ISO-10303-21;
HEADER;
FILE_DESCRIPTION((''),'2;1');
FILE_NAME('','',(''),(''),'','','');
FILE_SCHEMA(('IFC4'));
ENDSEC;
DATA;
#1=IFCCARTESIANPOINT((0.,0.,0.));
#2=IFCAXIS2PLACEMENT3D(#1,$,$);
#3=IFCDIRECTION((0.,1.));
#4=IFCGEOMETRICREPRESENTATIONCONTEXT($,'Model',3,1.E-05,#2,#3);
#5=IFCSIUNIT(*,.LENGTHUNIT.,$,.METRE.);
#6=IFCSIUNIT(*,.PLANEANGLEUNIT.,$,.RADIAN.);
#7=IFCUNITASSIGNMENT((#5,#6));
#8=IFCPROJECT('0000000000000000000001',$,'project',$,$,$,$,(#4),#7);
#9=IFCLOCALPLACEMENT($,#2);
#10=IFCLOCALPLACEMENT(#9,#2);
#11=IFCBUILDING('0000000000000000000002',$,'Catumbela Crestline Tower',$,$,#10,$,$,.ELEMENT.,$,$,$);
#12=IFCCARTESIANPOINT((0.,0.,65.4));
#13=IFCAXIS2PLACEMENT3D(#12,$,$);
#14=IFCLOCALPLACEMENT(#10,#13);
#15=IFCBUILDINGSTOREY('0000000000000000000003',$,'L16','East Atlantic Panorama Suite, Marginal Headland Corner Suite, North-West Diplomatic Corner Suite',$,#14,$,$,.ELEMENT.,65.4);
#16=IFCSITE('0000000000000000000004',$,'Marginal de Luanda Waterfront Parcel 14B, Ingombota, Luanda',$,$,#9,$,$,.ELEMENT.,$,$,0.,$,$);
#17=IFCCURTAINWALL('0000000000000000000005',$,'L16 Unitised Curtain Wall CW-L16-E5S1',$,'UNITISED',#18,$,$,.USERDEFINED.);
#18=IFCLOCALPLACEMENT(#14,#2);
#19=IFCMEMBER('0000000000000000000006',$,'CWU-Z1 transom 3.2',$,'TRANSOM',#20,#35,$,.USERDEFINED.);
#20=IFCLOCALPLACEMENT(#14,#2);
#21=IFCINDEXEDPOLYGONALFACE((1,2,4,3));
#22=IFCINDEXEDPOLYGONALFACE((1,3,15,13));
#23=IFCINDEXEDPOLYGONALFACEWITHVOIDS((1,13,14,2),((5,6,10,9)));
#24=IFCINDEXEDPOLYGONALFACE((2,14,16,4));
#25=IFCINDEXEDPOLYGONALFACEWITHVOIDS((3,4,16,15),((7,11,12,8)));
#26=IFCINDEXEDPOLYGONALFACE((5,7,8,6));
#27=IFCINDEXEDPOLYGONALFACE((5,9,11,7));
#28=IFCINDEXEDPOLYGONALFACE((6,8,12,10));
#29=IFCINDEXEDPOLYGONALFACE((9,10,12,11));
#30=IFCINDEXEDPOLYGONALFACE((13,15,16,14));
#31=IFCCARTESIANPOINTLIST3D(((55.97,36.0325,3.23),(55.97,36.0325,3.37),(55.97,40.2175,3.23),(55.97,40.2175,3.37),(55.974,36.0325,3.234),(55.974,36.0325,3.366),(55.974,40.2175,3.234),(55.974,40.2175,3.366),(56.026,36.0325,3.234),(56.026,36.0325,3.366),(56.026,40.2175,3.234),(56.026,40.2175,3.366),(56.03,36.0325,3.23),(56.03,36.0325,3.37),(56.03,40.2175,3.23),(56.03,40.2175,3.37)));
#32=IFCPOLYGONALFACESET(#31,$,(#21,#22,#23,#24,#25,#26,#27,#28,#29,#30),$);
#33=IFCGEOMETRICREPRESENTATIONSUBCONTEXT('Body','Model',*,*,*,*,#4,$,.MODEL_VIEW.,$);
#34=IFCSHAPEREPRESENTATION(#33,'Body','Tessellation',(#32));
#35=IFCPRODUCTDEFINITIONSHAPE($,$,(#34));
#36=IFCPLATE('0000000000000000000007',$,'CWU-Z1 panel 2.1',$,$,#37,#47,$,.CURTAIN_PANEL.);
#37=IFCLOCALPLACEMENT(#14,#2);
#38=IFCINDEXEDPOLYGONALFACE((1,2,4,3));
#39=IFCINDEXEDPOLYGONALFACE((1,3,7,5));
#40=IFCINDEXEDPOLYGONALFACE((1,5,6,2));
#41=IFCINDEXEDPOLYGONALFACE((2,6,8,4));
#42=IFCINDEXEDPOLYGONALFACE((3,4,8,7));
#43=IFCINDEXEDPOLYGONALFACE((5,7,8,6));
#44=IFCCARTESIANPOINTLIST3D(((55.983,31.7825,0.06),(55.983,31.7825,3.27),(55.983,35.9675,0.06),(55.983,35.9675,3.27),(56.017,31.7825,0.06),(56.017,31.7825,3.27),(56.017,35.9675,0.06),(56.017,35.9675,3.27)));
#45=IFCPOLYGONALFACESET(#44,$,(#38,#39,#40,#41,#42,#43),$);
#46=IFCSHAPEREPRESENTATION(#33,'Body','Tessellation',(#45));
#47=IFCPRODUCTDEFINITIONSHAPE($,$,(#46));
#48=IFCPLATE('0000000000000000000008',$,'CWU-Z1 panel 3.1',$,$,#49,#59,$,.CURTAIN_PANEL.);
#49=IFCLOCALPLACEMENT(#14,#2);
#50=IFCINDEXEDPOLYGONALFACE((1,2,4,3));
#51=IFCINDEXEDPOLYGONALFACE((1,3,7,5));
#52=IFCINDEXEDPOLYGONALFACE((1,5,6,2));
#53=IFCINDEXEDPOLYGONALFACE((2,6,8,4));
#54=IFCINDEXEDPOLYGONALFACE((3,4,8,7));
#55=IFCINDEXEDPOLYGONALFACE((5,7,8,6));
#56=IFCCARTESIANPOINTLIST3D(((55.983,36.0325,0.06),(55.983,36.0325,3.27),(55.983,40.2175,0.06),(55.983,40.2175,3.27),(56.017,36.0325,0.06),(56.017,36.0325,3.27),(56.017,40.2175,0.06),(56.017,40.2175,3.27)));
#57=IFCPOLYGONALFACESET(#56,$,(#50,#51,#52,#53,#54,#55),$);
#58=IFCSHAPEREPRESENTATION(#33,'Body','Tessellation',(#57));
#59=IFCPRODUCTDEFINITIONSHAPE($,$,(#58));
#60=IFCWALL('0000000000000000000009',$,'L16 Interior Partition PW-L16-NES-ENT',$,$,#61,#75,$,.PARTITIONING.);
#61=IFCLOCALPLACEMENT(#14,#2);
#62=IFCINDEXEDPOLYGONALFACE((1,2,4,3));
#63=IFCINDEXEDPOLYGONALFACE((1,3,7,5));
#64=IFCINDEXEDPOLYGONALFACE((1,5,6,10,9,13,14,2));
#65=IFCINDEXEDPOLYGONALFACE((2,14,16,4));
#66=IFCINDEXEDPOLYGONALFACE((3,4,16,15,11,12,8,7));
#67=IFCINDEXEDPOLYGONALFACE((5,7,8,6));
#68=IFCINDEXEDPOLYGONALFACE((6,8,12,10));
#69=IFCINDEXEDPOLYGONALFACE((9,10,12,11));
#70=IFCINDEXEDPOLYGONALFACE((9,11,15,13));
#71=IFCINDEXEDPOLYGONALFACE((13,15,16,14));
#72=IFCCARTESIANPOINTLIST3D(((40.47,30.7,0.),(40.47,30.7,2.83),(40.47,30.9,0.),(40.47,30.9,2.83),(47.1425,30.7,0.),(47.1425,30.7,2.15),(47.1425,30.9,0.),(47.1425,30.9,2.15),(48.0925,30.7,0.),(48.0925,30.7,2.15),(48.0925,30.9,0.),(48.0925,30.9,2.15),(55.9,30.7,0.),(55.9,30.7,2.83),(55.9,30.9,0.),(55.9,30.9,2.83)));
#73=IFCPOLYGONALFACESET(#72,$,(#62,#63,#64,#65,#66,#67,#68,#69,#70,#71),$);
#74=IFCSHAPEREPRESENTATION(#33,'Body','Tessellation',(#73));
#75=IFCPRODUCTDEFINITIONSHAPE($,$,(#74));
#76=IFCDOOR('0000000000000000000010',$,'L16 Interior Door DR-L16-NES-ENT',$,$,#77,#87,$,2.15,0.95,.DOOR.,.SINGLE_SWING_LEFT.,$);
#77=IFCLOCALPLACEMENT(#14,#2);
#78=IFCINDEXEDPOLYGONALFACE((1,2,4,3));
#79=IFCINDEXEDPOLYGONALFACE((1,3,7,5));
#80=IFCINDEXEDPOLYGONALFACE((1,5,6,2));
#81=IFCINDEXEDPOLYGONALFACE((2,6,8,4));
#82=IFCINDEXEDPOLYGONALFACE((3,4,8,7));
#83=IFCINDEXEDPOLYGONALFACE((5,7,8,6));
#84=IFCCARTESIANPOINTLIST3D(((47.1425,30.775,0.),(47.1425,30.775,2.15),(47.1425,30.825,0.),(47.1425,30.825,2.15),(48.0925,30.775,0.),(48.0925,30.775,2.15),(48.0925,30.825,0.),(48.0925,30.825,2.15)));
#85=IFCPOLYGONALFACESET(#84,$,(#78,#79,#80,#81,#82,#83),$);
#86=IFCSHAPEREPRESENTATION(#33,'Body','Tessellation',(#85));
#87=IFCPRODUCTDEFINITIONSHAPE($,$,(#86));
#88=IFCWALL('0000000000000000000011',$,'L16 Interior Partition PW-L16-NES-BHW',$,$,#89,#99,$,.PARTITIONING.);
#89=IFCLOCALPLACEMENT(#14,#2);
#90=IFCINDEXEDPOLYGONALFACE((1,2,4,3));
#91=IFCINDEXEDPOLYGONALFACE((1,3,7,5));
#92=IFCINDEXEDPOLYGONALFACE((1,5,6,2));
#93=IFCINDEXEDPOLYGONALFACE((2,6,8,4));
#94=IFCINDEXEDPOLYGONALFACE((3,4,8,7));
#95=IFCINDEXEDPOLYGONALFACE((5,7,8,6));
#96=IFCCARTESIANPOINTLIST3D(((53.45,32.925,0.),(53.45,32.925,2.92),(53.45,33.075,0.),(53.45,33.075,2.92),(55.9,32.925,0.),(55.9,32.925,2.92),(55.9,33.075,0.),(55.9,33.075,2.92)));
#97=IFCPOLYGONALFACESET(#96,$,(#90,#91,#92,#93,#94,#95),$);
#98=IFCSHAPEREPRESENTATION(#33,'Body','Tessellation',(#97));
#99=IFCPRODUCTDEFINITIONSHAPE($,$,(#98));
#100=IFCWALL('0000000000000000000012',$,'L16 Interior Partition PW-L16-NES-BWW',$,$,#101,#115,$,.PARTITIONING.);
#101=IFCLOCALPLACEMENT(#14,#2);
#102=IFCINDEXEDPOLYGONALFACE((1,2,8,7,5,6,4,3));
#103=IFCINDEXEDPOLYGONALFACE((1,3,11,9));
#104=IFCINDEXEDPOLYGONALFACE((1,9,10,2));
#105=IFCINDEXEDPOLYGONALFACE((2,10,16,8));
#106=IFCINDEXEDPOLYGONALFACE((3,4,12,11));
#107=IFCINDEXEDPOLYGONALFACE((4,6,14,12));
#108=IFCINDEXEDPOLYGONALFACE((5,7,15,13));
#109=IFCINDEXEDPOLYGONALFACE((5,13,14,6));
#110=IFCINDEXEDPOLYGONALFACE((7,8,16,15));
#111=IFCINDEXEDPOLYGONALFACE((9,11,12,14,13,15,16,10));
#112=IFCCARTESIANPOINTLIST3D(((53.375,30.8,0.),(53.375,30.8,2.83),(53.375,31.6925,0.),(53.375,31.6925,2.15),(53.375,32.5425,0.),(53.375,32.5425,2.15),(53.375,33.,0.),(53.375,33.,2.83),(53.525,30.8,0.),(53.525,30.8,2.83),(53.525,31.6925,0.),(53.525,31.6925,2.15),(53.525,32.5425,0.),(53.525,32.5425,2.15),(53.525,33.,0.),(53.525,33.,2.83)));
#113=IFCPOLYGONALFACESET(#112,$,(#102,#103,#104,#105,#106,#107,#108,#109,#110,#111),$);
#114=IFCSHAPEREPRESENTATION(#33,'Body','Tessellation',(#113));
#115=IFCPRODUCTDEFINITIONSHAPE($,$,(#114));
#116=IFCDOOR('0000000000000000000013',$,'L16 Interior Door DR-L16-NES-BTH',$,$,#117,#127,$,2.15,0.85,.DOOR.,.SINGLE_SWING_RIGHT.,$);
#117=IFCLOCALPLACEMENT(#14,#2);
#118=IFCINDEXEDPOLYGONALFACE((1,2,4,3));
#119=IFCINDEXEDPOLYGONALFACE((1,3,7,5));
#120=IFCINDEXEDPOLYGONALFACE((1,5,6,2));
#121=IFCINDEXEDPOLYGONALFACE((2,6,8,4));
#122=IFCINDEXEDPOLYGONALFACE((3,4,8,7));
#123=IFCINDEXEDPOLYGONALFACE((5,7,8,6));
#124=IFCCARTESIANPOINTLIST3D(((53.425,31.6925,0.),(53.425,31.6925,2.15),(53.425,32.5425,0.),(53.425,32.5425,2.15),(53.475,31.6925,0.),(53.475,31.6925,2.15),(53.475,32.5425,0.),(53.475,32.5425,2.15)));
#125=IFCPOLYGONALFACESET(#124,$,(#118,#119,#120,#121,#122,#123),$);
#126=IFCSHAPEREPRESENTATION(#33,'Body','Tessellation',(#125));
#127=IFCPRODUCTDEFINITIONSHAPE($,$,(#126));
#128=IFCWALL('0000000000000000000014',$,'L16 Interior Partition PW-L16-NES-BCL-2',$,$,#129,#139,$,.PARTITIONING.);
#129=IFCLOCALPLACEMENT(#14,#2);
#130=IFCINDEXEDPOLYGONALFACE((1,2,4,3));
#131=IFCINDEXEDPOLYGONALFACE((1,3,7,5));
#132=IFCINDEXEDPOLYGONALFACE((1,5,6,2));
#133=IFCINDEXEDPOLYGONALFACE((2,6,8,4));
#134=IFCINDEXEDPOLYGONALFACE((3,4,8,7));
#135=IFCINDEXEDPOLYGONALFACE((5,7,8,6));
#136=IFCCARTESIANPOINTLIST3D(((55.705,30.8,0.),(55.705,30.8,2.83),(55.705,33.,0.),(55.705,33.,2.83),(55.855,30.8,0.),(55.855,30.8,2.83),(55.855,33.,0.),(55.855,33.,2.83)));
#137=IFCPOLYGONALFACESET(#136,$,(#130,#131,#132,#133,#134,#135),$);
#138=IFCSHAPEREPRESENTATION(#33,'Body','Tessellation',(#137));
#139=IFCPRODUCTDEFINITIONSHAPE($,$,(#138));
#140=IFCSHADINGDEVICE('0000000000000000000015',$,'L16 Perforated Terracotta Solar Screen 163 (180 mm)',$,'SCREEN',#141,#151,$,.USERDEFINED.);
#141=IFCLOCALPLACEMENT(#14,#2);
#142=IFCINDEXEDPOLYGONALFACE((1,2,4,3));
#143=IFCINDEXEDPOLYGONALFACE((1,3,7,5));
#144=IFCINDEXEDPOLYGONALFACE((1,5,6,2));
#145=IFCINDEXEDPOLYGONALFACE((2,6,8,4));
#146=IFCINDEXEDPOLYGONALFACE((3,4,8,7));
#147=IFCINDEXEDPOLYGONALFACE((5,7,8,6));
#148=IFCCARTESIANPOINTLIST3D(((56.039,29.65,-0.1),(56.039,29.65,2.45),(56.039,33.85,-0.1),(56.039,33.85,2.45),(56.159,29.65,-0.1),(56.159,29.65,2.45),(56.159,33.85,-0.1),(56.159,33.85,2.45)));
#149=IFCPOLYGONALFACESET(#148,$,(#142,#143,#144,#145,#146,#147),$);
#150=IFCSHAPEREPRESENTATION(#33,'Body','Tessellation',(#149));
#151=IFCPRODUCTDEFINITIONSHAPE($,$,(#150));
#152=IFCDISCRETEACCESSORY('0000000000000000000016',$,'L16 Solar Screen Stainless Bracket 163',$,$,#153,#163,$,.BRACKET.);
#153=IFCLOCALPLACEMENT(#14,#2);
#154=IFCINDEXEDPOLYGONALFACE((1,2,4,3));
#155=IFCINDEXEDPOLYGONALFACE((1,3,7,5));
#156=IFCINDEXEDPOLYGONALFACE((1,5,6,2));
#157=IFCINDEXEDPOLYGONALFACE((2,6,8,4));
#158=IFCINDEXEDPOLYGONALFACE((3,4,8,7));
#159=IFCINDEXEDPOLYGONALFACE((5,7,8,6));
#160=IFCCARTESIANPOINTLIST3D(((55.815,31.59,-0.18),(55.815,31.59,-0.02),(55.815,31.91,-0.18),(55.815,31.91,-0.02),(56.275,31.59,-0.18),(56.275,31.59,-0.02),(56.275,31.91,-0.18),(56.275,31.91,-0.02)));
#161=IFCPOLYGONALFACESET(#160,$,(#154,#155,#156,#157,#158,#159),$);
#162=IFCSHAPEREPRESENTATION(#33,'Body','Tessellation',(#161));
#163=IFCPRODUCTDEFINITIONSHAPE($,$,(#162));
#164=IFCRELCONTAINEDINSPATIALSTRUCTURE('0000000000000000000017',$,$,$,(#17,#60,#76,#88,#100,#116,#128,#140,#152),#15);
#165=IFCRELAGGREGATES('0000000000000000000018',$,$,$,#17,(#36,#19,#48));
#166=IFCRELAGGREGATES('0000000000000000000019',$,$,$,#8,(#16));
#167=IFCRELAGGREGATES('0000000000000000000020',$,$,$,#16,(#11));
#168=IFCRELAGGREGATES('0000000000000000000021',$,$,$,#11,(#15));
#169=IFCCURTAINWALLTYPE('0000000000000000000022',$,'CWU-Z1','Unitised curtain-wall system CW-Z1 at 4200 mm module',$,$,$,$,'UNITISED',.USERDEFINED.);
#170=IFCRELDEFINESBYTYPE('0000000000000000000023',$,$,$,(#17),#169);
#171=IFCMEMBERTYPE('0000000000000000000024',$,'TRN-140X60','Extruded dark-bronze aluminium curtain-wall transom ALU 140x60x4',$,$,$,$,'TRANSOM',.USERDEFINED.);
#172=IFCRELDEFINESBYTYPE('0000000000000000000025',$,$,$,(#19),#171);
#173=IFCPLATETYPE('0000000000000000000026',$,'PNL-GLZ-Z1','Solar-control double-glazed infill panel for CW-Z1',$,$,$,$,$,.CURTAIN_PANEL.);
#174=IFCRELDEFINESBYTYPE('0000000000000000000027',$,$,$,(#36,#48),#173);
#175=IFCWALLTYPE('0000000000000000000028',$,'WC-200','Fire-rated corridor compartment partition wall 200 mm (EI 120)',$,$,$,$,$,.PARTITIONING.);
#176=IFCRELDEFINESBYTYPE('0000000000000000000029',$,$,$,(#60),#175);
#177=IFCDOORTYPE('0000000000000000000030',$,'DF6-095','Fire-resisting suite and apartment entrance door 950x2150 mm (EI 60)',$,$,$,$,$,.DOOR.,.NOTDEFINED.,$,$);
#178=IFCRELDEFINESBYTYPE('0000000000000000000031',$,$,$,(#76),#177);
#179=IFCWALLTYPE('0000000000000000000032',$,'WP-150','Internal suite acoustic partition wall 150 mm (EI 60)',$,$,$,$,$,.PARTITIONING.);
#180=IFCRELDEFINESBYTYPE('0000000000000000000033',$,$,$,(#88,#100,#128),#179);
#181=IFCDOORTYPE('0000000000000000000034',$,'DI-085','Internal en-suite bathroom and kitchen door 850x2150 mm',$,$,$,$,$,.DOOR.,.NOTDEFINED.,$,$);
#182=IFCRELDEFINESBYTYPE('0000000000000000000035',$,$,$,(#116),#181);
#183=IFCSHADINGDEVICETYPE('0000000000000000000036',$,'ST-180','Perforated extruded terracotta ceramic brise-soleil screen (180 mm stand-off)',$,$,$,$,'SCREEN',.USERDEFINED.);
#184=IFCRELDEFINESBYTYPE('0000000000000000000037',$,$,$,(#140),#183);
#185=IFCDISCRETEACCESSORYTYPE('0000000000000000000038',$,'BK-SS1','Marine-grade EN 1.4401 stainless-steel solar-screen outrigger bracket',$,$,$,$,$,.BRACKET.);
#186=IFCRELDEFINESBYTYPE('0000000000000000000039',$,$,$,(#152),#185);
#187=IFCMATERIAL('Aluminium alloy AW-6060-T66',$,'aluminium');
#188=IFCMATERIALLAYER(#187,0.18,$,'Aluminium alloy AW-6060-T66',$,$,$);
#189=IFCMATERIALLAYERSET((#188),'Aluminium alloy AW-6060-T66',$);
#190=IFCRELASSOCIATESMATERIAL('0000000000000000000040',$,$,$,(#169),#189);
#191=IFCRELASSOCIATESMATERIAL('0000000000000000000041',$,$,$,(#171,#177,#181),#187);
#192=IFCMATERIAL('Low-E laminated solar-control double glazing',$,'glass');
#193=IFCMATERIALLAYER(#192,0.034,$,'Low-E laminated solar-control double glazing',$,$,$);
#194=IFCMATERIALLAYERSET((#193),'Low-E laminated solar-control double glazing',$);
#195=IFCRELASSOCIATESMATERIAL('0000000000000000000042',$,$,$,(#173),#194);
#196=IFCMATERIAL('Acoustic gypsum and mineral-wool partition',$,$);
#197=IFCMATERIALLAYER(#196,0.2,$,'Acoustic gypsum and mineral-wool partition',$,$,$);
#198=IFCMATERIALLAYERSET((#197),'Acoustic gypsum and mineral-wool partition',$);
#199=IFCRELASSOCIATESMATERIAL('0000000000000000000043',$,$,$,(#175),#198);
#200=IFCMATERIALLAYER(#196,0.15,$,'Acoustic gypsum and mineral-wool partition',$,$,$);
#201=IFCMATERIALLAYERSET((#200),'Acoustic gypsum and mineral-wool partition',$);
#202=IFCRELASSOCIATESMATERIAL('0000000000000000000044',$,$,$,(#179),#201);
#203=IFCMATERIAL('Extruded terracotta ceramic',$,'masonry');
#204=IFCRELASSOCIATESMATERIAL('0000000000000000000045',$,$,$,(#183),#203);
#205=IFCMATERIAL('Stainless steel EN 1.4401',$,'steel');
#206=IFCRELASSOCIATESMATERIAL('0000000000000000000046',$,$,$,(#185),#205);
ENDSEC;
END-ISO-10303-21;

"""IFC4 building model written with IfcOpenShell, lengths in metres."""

from ifc_helpers import new_model, si_unit, direction, frame, frame_2d, origin, origin_2d, place, context, subcontext, project, spatial, rectangle, hollow_rectangle, extrude, material, layer, layer_set, material_profile, profile_set, type_object, element, fill, aggregate, save


model = new_model("IFC4")

# Units and contexts
model_context = context("Model", 3, precision=1e-05, world=origin(), true_north=direction((0.0, 1.0)))
body_context = subcontext(model_context, "Body", "Model", "MODEL_VIEW")
ifc_project = project(units=[si_unit("LENGTHUNIT", "METRE"), si_unit("PLANEANGLEUNIT", "RADIAN")], contexts=[model_context])

# Site, building, storey
site_placement = place(None, origin())
site = spatial("IfcSite", under=ifc_project, at=site_placement, Name="Marginal de Luanda Waterfront Parcel 14B, Ingombota, Luanda", CompositionType="ELEMENT", RefElevation=0.0)
building_placement = place(site_placement, origin())
building = spatial("IfcBuilding", under=site, at=building_placement, Name="Catumbela Crestline Tower", CompositionType="ELEMENT")
storey_placement = place(building_placement, frame((0.0, 0.0, 65.4)))
storey = spatial("IfcBuildingStorey", under=building, at=storey_placement, Name="L16", Description="East Atlantic Panorama Suite, Marginal Headland Corner Suite, North-West Diplomatic Corner Suite", CompositionType="ELEMENT", Elevation=65.4)

# Curtain wall
ifc_material_1 = material(Name="Aluminium alloy AW-6060-T66", Category="aluminium")
ifc_layer_1 = layer(ifc_material_1, 0.18, Name="Aluminium alloy AW-6060-T66")
ifc_layer_set_1 = layer_set([ifc_layer_1], Name="Aluminium alloy AW-6060-T66")
curtain_wall_type = type_object("IfcCurtainWallType", Name="CWU-Z1", Description="Unitised curtain-wall system CW-Z1 at 4200 mm module", ElementType="UNITISED", PredefinedType="USERDEFINED", material=ifc_layer_set_1)
curtain_wall_placement = place(storey_placement, origin())
curtain_wall = element("IfcCurtainWall", 1, at=curtain_wall_placement, inside=storey, type_object=curtain_wall_type, Name="L16 Unitised Curtain Wall CW-L16-E5S1", ObjectType="UNITISED", PredefinedType="USERDEFINED")

# Member
ifc_material_profile_1 = material_profile(ifc_material_1, hollow_rectangle(XDim=0.06, YDim=0.14, WallThickness=0.004, at=origin_2d()), Name="ALU 140x60x4")
ifc_profile_set_1 = profile_set([ifc_material_profile_1], Name="Aluminium alloy AW-6060-T66")
member_type_1 = type_object("IfcMemberType", Name="TRN-140X60", Description="Extruded dark-bronze aluminium curtain-wall transom ALU 140x60x4", ElementType="TRANSOM", PredefinedType="USERDEFINED", material=ifc_profile_set_1)
member_1_placement = place(storey_placement, frame((56.0, 36.0325, 3.3), z_axis=(0.0, 1.0, 0.0), x_axis=(-1.0, 0.0, 0.0)))
member_1 = element("IfcMember", 2, at=member_1_placement, type_object=member_type_1, Name="CWU-Z1 transom 3.2", ObjectType="TRANSOM", PredefinedType="USERDEFINED", context=body_context, shape_type="SweptSolid", body=[
    extrude(hollow_rectangle(XDim=0.06, YDim=0.14, WallThickness=0.004, at=origin_2d()), origin(), (0.0, 0.0, 1.0), 4.185),
])

# Plates
ifc_material_2 = material(Name="Low-E laminated solar-control double glazing", Category="glass")
ifc_layer_2 = layer(ifc_material_2, 0.034, Name="Low-E laminated solar-control double glazing")
ifc_layer_set_2 = layer_set([ifc_layer_2], Name="Low-E laminated solar-control double glazing")
plate_type = type_object("IfcPlateType", Name="PNL-GLZ-Z1", Description="Solar-control double-glazed infill panel for CW-Z1", PredefinedType="CURTAIN_PANEL", material=ifc_layer_set_2)
plate_1_placement = place(storey_placement, frame((56.0, 33.875, 0.06), z_axis=(0.0, 0.0, 1.0), x_axis=(0.0, 1.0, 0.0)))
plate_1 = element("IfcPlate", 3, at=plate_1_placement, type_object=plate_type, Name="CWU-Z1 panel 2.1", PredefinedType="CURTAIN_PANEL", context=body_context, shape_type="SweptSolid", body=[
    extrude(rectangle(XDim=4.185, YDim=0.034, at=origin_2d()), origin(), (0.0, 0.0, 1.0), 3.21),
])
plate_2_placement = place(storey_placement, frame((56.0, 38.125, 0.06), z_axis=(0.0, 0.0, 1.0), x_axis=(0.0, 1.0, 0.0)))
plate_2 = element("IfcPlate", 4, at=plate_2_placement, type_object=plate_type, Name="CWU-Z1 panel 3.1", PredefinedType="CURTAIN_PANEL", context=body_context, shape_type="SweptSolid", body=[
    extrude(rectangle(XDim=4.185, YDim=0.034, at=origin_2d()), origin(), (0.0, 0.0, 1.0), 3.21),
])
aggregate(curtain_wall, [plate_1, member_1, plate_2])

# Wall, opening, door
ifc_material_3 = material(Name="Acoustic gypsum and mineral-wool partition")
ifc_layer_3 = layer(ifc_material_3, 0.2, Name="Acoustic gypsum and mineral-wool partition")
ifc_layer_set_3 = layer_set([ifc_layer_3], Name="Acoustic gypsum and mineral-wool partition")
wall_type_1 = type_object("IfcWallType", Name="WC-200", Description="Fire-rated corridor compartment partition wall 200 mm (EI 120)", PredefinedType="PARTITIONING", material=ifc_layer_set_3)
wall_1_placement = place(storey_placement, frame((40.47, 30.8, 0.0), z_axis=(0.0, 0.0, 1.0), x_axis=(1.0, 0.0, 0.0)))
wall_1 = element("IfcWall", 5, at=wall_1_placement, inside=storey, type_object=wall_type_1, Name="L16 Interior Partition PW-L16-NES-ENT", PredefinedType="PARTITIONING", context=body_context, shape_type="SweptSolid", body=[
    extrude(rectangle(XDim=15.43, YDim=0.2, at=frame_2d((7.715, 0.0))), origin(), (0.0, 0.0, 1.0), 2.83),
])
opening_1_placement = place(wall_1_placement, frame((6.6725, 0.0, 0.0)))
opening_1 = element("IfcOpeningElement", 6, at=opening_1_placement, cuts=wall_1, PredefinedType="OPENING", context=body_context, shape_type="SweptSolid", body=[
    extrude(rectangle(XDim=0.95, YDim=2.15, at=frame_2d((0.475, 1.075))), frame((0.0, 0.11, 0.0), z_axis=(0.0, -1.0, 0.0), x_axis=(1.0, 0.0, 0.0)), (0.0, 0.0, 1.0), 0.22),
])
door_type_1 = type_object("IfcDoorType", Name="DF6-095", Description="Fire-resisting suite and apartment entrance door 950x2150 mm (EI 60)", OperationType="NOTDEFINED", PredefinedType="DOOR", material=ifc_material_1)
door_1_placement = place(opening_1_placement, origin())
door_1 = element("IfcDoor", 7, at=door_1_placement, inside=storey, type_object=door_type_1, Name="L16 Interior Door DR-L16-NES-ENT", OperationType="SINGLE_SWING_LEFT", OverallHeight=2.15, OverallWidth=0.95, PredefinedType="DOOR", context=body_context, shape_type="SweptSolid", body=[
    extrude(rectangle(XDim=0.95, YDim=2.15, at=frame_2d((0.475, 1.075))), frame((0.0, 0.025, 0.0), z_axis=(0.0, -1.0, 0.0), x_axis=(1.0, 0.0, 0.0)), (0.0, 0.0, 1.0), 0.05),
])
fill(opening_1, door_1)

# Wall
ifc_layer_4 = layer(ifc_material_3, 0.15, Name="Acoustic gypsum and mineral-wool partition")
ifc_layer_set_4 = layer_set([ifc_layer_4], Name="Acoustic gypsum and mineral-wool partition")
wall_type_2 = type_object("IfcWallType", Name="WP-150", Description="Internal suite acoustic partition wall 150 mm (EI 60)", PredefinedType="PARTITIONING", material=ifc_layer_set_4)
wall_2_placement = place(storey_placement, frame((53.45, 33.0, 0.0), z_axis=(0.0, 0.0, 1.0), x_axis=(1.0, 0.0, 0.0)))
element("IfcWall", 8, at=wall_2_placement, inside=storey, type_object=wall_type_2, Name="L16 Interior Partition PW-L16-NES-BHW", PredefinedType="PARTITIONING", context=body_context, shape_type="SweptSolid", body=[
    extrude(rectangle(XDim=2.45, YDim=0.15, at=frame_2d((1.225, 0.0))), origin(), (0.0, 0.0, 1.0), 2.92),
])

# Wall, opening, door
wall_3_placement = place(storey_placement, frame((53.45, 30.8, 0.0), z_axis=(0.0, 0.0, 1.0), x_axis=(0.0, 1.0, 0.0)))
wall_3 = element("IfcWall", 9, at=wall_3_placement, inside=storey, type_object=wall_type_2, Name="L16 Interior Partition PW-L16-NES-BWW", PredefinedType="PARTITIONING", context=body_context, shape_type="SweptSolid", body=[
    extrude(rectangle(XDim=2.2, YDim=0.15, at=frame_2d((1.1, 0.0))), origin(), (0.0, 0.0, 1.0), 2.83),
])
opening_2_placement = place(wall_3_placement, frame((0.8925, 0.0, 0.0)))
opening_2 = element("IfcOpeningElement", 10, at=opening_2_placement, cuts=wall_3, PredefinedType="OPENING", context=body_context, shape_type="SweptSolid", body=[
    extrude(rectangle(XDim=0.85, YDim=2.15, at=frame_2d((0.425, 1.075))), frame((0.0, 0.085, 0.0), z_axis=(0.0, -1.0, 0.0), x_axis=(1.0, 0.0, 0.0)), (0.0, 0.0, 1.0), 0.17),
])
door_type_2 = type_object("IfcDoorType", Name="DI-085", Description="Internal en-suite bathroom and kitchen door 850x2150 mm", OperationType="NOTDEFINED", PredefinedType="DOOR", material=ifc_material_1)
door_2_placement = place(opening_2_placement, origin())
door_2 = element("IfcDoor", 11, at=door_2_placement, inside=storey, type_object=door_type_2, Name="L16 Interior Door DR-L16-NES-BTH", OperationType="SINGLE_SWING_RIGHT", OverallHeight=2.15, OverallWidth=0.85, PredefinedType="DOOR", context=body_context, shape_type="SweptSolid", body=[
    extrude(rectangle(XDim=0.85, YDim=2.15, at=frame_2d((0.425, 1.075))), frame((0.0, 0.025, 0.0), z_axis=(0.0, -1.0, 0.0), x_axis=(1.0, 0.0, 0.0)), (0.0, 0.0, 1.0), 0.05),
])
fill(opening_2, door_2)

# Wall
wall_4_placement = place(storey_placement, frame((55.78, 33.0, 0.0), z_axis=(0.0, 0.0, 1.0), x_axis=(0.0, -1.0, 0.0)))
element("IfcWall", 12, at=wall_4_placement, inside=storey, type_object=wall_type_2, Name="L16 Interior Partition PW-L16-NES-BCL-2", PredefinedType="PARTITIONING", context=body_context, shape_type="SweptSolid", body=[
    extrude(rectangle(XDim=2.2, YDim=0.15, at=frame_2d((1.1, 0.0))), origin(), (0.0, 0.0, 1.0), 2.83),
])

# Shading device
ifc_material_4 = material(Name="Extruded terracotta ceramic", Category="masonry")
shading_device_type = type_object("IfcShadingDeviceType", Name="ST-180", Description="Perforated extruded terracotta ceramic brise-soleil screen (180 mm stand-off)", ElementType="SCREEN", PredefinedType="USERDEFINED", material=ifc_material_4)
shading_device_placement = place(storey_placement, frame((56.099, 31.75, -0.1), z_axis=(0.0, 0.0, 1.0), x_axis=(0.0, 1.0, 0.0)))
element("IfcShadingDevice", 13, at=shading_device_placement, inside=storey, type_object=shading_device_type, Name="L16 Perforated Terracotta Solar Screen 163 (180 mm)", ObjectType="SCREEN", PredefinedType="USERDEFINED", context=body_context, shape_type="SweptSolid", body=[
    extrude(rectangle(XDim=4.2, YDim=0.12, at=origin_2d()), origin(), (0.0, 0.0, 1.0), 2.55),
])

# Discrete accessory
ifc_material_5 = material(Name="Stainless steel EN 1.4401", Category="steel")
discrete_accessory_type = type_object("IfcDiscreteAccessoryType", Name="BK-SS1", Description="Marine-grade EN 1.4401 stainless-steel solar-screen outrigger bracket", PredefinedType="BRACKET", material=ifc_material_5)
discrete_accessory_placement = place(storey_placement, frame((56.045, 31.75, -0.18), z_axis=(0.0, 0.0, 1.0), x_axis=(0.0, 1.0, 0.0)))
element("IfcDiscreteAccessory", 14, at=discrete_accessory_placement, inside=storey, type_object=discrete_accessory_type, Name="L16 Solar Screen Stainless Bracket 163", PredefinedType="BRACKET", context=body_context, shape_type="SweptSolid", body=[
    extrude(rectangle(XDim=0.32, YDim=0.46, at=origin_2d()), origin(), (0.0, 0.0, 1.0), 0.16),
])

save(model, "model.ifc")
